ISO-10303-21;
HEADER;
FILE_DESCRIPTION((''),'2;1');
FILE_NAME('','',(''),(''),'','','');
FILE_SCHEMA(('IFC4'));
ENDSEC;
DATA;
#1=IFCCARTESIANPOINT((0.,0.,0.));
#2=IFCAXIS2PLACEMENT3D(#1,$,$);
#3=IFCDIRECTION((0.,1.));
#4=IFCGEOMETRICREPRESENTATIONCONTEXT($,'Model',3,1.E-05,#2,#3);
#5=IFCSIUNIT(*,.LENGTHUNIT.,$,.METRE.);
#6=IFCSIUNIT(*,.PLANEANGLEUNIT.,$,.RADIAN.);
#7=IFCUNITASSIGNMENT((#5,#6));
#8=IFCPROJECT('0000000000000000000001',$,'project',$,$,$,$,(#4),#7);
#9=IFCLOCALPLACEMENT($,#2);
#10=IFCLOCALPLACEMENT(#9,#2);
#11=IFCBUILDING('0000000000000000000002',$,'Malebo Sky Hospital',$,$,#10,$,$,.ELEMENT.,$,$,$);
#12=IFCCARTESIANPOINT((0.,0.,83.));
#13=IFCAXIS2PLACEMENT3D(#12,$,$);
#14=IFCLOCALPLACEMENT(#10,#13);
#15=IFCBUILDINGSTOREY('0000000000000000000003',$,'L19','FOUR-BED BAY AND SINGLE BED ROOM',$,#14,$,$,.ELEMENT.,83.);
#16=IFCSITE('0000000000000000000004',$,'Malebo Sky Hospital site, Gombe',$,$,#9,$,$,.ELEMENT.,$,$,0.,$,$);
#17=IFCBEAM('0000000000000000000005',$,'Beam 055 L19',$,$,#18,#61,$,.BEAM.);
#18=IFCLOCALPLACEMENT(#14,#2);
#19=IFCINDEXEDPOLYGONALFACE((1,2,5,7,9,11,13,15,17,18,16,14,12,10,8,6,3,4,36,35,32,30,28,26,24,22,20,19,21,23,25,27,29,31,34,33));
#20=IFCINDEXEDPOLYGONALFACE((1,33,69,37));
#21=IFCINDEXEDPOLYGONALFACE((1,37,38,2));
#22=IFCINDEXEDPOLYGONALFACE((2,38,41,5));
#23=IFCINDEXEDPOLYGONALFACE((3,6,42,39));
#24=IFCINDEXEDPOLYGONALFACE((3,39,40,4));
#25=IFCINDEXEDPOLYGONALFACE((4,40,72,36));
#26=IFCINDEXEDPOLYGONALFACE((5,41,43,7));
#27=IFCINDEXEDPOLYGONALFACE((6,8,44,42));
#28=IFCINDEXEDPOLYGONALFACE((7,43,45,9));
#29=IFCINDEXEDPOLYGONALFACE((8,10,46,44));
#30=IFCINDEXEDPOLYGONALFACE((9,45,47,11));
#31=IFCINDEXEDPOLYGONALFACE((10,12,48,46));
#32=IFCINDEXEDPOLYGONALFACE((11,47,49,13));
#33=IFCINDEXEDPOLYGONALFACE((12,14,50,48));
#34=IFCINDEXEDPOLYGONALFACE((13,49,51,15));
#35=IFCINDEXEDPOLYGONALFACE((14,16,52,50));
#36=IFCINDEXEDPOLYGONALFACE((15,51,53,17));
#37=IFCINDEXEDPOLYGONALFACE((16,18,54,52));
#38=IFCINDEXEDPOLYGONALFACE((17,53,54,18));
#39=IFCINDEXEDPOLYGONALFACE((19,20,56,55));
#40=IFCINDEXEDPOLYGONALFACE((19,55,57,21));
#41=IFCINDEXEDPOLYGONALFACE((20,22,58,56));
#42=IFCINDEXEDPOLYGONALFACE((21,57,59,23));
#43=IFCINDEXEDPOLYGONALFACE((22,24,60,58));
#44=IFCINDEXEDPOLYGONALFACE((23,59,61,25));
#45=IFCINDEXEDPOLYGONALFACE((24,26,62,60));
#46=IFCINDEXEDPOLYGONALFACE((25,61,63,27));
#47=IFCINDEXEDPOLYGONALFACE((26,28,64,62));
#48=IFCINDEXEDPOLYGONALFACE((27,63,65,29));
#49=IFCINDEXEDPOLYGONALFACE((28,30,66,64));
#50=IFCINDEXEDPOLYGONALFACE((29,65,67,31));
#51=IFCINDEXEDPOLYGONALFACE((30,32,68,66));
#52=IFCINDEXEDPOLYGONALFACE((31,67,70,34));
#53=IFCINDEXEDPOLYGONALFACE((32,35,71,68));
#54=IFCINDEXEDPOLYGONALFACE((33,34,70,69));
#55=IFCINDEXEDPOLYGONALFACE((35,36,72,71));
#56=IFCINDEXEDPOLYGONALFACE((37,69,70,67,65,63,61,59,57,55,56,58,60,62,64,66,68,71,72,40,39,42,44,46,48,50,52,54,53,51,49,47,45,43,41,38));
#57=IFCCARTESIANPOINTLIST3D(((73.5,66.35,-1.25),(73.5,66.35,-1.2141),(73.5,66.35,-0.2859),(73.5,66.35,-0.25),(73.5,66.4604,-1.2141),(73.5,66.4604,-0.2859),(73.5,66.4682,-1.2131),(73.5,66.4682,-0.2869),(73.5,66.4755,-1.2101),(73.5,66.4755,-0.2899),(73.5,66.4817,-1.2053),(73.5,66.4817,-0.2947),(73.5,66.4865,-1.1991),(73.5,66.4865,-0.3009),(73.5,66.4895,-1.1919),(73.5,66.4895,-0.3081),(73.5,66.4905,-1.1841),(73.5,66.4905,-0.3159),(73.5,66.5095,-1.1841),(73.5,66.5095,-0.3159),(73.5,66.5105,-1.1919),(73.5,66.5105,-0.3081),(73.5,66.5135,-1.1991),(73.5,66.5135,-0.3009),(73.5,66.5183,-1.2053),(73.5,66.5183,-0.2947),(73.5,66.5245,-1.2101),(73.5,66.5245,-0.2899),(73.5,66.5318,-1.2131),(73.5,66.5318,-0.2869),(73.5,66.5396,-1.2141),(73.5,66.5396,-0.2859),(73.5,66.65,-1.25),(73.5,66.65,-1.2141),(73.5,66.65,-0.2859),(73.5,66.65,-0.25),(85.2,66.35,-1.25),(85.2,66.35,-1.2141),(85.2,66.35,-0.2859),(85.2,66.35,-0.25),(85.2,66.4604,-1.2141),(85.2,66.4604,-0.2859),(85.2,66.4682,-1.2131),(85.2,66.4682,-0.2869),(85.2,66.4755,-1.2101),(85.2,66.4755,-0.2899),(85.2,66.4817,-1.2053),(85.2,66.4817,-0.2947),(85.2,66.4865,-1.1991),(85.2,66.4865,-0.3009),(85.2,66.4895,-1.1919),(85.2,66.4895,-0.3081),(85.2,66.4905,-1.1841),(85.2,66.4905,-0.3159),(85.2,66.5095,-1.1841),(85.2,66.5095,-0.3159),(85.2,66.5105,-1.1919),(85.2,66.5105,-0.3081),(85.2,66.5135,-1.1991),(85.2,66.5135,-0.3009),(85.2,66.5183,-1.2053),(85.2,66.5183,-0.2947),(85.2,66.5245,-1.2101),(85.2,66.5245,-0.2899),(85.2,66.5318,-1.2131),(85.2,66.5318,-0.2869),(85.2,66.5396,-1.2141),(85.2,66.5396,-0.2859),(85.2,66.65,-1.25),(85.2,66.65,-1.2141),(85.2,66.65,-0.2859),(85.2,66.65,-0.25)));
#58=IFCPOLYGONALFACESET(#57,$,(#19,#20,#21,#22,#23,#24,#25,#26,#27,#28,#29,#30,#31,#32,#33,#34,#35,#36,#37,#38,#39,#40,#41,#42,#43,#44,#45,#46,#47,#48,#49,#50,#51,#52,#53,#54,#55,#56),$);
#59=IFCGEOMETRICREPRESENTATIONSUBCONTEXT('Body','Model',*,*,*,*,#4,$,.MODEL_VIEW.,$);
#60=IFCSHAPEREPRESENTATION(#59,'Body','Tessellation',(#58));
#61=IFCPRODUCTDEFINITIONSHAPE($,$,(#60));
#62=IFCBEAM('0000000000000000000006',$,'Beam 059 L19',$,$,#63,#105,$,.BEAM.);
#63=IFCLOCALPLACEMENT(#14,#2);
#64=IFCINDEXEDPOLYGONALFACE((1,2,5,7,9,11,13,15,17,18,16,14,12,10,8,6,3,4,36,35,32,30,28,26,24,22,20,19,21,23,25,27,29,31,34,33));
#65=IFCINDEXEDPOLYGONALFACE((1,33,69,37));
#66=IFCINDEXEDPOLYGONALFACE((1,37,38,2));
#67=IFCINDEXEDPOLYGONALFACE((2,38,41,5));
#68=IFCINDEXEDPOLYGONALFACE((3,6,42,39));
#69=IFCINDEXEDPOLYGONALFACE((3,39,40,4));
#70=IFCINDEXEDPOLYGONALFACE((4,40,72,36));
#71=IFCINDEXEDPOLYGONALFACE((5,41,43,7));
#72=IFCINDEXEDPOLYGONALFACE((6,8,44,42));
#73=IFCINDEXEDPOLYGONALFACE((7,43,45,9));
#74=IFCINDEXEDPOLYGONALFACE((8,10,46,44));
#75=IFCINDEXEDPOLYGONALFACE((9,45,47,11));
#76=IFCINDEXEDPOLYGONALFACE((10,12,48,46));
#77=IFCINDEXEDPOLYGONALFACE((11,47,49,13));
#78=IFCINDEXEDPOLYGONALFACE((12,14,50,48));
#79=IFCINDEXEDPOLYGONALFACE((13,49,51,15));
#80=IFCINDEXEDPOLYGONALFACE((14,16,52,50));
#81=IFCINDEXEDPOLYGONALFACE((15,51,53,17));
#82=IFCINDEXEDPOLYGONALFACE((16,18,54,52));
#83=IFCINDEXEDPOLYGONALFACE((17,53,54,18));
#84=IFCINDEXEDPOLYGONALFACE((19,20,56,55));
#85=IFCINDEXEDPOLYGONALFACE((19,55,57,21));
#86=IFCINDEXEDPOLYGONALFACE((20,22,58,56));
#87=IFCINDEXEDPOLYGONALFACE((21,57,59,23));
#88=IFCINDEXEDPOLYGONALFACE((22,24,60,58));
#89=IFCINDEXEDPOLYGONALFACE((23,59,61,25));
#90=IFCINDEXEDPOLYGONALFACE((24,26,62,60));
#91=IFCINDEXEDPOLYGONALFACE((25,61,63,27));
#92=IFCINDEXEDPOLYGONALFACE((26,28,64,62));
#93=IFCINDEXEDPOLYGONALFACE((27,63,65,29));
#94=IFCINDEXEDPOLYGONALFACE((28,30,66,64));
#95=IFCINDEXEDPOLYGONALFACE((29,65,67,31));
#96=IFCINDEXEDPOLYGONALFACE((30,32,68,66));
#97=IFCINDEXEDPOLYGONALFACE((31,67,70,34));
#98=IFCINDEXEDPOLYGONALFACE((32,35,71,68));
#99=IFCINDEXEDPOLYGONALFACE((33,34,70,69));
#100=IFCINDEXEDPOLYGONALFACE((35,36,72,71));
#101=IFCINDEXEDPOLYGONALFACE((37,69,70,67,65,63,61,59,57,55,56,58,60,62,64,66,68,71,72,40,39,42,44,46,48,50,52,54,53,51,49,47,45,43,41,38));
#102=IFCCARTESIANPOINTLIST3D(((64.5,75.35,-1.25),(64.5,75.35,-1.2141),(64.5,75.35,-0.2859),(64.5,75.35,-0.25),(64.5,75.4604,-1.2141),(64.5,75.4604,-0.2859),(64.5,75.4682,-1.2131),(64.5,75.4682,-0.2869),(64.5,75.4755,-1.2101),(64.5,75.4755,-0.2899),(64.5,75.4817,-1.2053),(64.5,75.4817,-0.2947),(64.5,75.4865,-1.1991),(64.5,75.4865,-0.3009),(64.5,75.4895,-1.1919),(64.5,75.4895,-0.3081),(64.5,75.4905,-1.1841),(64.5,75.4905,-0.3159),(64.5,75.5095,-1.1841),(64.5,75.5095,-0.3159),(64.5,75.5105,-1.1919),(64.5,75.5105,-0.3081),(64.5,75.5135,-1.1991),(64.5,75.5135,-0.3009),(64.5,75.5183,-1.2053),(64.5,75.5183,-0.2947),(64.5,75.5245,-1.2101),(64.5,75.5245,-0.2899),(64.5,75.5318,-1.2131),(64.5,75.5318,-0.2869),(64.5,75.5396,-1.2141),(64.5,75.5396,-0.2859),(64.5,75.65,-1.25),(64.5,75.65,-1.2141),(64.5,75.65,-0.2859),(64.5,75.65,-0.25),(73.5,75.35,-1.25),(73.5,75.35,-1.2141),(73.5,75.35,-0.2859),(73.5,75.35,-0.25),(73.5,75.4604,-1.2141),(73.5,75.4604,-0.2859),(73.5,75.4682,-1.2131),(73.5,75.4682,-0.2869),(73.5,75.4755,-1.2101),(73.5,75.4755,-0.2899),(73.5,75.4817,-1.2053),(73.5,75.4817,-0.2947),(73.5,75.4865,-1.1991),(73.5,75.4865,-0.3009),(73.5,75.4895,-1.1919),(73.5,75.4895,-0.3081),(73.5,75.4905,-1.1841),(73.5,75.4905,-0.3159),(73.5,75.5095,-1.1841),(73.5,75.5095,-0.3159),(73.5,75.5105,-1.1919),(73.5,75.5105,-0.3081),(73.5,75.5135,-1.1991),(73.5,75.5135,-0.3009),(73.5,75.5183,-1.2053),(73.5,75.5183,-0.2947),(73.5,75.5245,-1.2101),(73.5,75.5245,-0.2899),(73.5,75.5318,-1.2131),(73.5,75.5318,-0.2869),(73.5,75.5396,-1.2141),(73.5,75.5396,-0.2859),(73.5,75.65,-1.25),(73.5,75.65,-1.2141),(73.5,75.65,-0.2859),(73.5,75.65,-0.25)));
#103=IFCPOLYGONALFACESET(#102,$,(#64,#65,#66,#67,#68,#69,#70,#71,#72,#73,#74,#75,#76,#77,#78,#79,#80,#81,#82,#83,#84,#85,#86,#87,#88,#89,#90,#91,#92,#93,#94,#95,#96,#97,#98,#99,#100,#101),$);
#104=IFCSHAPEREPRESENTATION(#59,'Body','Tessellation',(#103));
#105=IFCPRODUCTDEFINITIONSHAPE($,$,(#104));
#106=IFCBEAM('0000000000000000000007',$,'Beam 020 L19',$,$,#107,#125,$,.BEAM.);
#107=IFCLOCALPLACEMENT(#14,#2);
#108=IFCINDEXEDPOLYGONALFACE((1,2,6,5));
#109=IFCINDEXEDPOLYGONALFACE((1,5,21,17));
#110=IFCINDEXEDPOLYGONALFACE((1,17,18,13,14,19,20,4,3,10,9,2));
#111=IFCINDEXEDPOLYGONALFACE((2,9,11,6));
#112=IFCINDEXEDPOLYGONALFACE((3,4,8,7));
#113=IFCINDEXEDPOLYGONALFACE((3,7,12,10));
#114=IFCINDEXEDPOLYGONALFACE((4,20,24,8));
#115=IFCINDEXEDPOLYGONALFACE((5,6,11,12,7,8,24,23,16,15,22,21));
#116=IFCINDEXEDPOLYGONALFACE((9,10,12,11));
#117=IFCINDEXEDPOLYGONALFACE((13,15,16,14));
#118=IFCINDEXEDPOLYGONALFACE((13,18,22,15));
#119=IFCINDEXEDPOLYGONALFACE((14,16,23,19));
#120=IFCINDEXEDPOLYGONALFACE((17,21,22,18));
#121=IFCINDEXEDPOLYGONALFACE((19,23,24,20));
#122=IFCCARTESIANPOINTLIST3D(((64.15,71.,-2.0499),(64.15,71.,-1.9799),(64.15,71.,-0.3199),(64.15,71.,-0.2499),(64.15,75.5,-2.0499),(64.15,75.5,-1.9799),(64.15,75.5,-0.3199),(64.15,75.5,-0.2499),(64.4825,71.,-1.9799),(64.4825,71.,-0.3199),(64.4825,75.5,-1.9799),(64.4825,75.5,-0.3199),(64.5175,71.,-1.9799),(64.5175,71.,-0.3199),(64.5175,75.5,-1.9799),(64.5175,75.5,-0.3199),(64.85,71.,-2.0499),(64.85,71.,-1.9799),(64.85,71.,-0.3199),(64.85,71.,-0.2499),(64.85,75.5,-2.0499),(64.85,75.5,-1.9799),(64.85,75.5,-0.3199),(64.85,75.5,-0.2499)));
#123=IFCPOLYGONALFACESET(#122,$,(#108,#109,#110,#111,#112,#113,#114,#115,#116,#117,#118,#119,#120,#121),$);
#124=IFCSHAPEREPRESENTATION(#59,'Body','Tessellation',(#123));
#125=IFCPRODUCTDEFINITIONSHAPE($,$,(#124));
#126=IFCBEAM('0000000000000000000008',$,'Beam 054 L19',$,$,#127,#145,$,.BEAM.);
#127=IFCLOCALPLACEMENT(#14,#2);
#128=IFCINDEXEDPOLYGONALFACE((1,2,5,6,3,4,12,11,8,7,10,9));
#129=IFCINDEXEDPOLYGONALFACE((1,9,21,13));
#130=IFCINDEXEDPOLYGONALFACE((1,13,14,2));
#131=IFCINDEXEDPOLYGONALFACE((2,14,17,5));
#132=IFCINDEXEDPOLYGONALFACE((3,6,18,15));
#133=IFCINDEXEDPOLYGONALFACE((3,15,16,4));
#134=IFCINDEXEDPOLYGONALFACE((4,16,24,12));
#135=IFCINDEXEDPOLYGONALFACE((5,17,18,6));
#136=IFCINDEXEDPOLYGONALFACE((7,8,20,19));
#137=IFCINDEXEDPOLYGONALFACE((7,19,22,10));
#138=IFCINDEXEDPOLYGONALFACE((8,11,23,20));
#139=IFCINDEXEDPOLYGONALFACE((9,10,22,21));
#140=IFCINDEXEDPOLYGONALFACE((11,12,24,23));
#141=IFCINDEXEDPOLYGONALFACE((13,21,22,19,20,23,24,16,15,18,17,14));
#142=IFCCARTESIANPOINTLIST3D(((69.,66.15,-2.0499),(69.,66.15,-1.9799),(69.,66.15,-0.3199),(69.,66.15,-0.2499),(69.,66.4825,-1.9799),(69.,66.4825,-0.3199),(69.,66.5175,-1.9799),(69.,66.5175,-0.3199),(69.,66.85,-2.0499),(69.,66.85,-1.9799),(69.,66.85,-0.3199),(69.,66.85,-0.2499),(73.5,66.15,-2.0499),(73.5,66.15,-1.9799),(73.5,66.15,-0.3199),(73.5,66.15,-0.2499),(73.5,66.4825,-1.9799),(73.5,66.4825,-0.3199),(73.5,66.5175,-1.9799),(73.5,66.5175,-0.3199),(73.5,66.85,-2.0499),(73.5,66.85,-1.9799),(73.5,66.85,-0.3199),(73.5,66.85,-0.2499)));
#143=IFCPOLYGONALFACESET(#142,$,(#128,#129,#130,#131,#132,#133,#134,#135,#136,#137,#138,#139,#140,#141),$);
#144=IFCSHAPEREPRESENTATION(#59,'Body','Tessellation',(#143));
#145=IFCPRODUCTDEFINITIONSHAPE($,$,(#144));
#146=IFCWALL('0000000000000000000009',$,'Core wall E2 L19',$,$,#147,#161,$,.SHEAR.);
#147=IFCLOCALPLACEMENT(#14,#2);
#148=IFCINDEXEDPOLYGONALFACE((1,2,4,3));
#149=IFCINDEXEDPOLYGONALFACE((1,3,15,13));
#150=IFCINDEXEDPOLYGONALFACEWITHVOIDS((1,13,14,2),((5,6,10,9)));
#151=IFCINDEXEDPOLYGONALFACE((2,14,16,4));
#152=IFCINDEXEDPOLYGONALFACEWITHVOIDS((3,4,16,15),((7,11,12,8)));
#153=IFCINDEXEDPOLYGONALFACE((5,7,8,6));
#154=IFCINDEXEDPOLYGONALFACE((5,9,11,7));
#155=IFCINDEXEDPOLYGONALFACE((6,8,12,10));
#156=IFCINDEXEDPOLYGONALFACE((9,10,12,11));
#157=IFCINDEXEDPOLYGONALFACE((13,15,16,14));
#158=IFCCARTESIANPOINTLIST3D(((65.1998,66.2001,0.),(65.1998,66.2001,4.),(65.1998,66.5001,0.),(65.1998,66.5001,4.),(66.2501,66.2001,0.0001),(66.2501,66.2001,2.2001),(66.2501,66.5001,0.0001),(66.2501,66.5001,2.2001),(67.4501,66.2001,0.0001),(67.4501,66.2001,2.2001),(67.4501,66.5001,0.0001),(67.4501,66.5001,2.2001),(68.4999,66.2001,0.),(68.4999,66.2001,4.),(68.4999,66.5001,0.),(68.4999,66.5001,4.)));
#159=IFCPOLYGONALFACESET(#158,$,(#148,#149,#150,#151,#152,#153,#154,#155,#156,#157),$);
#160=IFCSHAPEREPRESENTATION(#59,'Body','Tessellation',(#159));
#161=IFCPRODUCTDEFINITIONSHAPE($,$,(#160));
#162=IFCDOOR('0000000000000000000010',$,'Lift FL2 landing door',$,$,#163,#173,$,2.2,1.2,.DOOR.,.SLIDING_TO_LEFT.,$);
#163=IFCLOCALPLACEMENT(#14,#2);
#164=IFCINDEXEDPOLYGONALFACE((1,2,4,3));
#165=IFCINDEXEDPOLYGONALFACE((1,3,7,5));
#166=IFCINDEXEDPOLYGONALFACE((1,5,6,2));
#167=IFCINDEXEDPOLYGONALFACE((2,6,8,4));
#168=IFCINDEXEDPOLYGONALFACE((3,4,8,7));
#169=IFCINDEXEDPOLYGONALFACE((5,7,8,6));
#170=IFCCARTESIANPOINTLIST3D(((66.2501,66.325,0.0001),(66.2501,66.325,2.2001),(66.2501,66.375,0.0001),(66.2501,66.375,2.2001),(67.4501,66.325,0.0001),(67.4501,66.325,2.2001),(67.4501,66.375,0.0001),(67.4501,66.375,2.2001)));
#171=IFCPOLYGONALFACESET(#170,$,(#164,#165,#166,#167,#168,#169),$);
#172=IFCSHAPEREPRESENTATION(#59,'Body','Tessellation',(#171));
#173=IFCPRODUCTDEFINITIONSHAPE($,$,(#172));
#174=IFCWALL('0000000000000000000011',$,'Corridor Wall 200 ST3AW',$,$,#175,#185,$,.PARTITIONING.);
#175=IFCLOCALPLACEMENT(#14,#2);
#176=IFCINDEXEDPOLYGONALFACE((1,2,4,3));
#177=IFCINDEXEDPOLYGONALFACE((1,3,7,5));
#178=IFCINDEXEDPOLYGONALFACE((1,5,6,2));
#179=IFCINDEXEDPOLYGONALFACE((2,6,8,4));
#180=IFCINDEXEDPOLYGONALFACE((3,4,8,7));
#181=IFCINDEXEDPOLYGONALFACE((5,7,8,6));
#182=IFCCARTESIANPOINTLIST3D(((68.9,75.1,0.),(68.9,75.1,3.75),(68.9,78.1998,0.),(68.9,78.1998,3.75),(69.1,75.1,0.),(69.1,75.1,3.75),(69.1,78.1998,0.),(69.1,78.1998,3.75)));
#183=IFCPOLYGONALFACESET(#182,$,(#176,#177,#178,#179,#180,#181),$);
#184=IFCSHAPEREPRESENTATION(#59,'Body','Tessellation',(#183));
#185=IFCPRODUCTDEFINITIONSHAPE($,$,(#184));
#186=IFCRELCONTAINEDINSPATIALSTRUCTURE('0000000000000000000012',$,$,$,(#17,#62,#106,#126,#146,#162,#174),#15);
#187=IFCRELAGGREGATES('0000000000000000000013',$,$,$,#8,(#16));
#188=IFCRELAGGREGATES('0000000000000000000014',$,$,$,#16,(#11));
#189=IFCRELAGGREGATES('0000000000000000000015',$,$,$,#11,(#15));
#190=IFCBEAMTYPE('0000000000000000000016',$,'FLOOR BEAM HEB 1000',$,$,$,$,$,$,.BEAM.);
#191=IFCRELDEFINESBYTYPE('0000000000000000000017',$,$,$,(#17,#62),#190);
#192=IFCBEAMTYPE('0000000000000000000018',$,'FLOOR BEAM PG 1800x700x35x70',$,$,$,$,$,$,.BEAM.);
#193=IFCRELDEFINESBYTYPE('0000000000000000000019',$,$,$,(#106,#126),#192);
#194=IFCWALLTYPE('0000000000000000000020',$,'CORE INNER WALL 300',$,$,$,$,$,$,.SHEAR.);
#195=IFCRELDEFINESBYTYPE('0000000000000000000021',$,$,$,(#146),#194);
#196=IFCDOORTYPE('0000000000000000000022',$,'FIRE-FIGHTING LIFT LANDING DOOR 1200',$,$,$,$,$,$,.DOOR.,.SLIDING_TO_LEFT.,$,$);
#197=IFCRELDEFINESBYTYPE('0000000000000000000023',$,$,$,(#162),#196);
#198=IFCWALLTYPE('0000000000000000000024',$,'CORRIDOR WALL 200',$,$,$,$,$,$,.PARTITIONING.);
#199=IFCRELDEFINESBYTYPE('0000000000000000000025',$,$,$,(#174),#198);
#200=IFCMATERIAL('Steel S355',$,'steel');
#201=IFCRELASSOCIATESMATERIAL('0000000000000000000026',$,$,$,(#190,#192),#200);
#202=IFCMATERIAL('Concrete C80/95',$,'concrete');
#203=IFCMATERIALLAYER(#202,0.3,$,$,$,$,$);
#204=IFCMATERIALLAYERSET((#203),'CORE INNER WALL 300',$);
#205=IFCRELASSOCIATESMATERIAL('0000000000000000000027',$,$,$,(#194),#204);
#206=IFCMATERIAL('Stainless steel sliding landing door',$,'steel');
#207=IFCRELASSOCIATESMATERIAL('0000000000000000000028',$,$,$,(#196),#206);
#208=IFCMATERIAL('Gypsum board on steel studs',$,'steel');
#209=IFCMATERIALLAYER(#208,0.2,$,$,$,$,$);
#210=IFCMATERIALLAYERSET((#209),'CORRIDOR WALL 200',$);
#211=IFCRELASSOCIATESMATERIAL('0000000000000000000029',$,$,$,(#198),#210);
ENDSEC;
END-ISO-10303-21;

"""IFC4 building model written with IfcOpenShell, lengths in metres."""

from ifc_helpers import new_model, si_unit, direction, frame, frame_2d, origin, origin_2d, place, context, subcontext, project, spatial, rectangle, i_section, extrude, material, layer, layer_set, material_profile, profile_set, type_object, element, fill, save


model = new_model("IFC4")

# Units and contexts
model_context = context("Model", 3, precision=1e-05, world=origin(), true_north=direction((0.0, 1.0)))
body_context = subcontext(model_context, "Body", "Model", "MODEL_VIEW")
ifc_project = project(units=[si_unit("LENGTHUNIT", "METRE"), si_unit("PLANEANGLEUNIT", "RADIAN")], contexts=[model_context])

# Site, building, storey
site_placement = place(None, origin())
site = spatial("IfcSite", under=ifc_project, at=site_placement, Name="Malebo Sky Hospital site, Gombe", CompositionType="ELEMENT", RefElevation=0.0)
building_placement = place(site_placement, origin())
building = spatial("IfcBuilding", under=site, at=building_placement, Name="Malebo Sky Hospital", CompositionType="ELEMENT")
storey_placement = place(building_placement, frame((0.0, 0.0, 83.0)))
storey = spatial("IfcBuildingStorey", under=building, at=storey_placement, Name="L19", Description="FOUR-BED BAY AND SINGLE BED ROOM", CompositionType="ELEMENT", Elevation=83.0)

# Beams
ifc_material_1 = material(Name="Steel S355", Category="steel")
ifc_material_profile_1 = material_profile(ifc_material_1, i_section(OverallWidth=0.3, OverallDepth=1.0, WebThickness=0.019, FlangeThickness=0.0359, FilletRadius=0.03, at=origin_2d()), Name="HEB 1000")
ifc_profile_set_1 = profile_set([ifc_material_profile_1], Name="Steel S355")
beam_type_1 = type_object("IfcBeamType", Name="FLOOR BEAM HEB 1000", PredefinedType="BEAM", material=ifc_profile_set_1)
beam_1_placement = place(storey_placement, frame((73.5, 66.5, -0.75), z_axis=(1.0, 0.0, 0.0), x_axis=(0.0, 1.0, 0.0)))
element("IfcBeam", 1, at=beam_1_placement, inside=storey, type_object=beam_type_1, Name="Beam 055 L19", PredefinedType="BEAM", context=body_context, shape_type="SweptSolid", body=[
    extrude(i_section(OverallWidth=0.3, OverallDepth=1.0, WebThickness=0.019, FlangeThickness=0.0359, FilletRadius=0.03, at=origin_2d()), origin(), (0.0, 0.0, 1.0), 11.7),
])
beam_2_placement = place(storey_placement, frame((64.5, 75.5, -0.75), z_axis=(1.0, 0.0, 0.0), x_axis=(0.0, 1.0, 0.0)))
element("IfcBeam", 2, at=beam_2_placement, inside=storey, type_object=beam_type_1, Name="Beam 059 L19", PredefinedType="BEAM", context=body_context, shape_type="SweptSolid", body=[
    extrude(i_section(OverallWidth=0.3, OverallDepth=1.0, WebThickness=0.019, FlangeThickness=0.0359, FilletRadius=0.03, at=origin_2d()), origin(), (0.0, 0.0, 1.0), 9.0),
])
ifc_material_profile_2 = material_profile(ifc_material_1, i_section(OverallWidth=0.7, OverallDepth=1.8, WebThickness=0.0349, FlangeThickness=0.0701, at=origin_2d()), Name="PG 1800x700x35x70")
ifc_profile_set_2 = profile_set([ifc_material_profile_2], Name="Steel S355")
beam_type_2 = type_object("IfcBeamType", Name="FLOOR BEAM PG 1800x700x35x70", PredefinedType="BEAM", material=ifc_profile_set_2)
for number, where, z_axis, x_axis, name in (
    (3, (64.5, 71.0, -1.1499), (0.0, 1.0, 0.0), (-1.0, 0.0, 0.0), "Beam 020 L19"),
    (4, (69.0, 66.5, -1.1499), (1.0, 0.0, 0.0), (0.0, 1.0, 0.0), "Beam 054 L19"),
):
    element("IfcBeam", number, at=place(storey_placement, frame(where, z_axis=z_axis, x_axis=x_axis)), inside=storey, type_object=beam_type_2, Name=name, PredefinedType="BEAM", context=body_context, shape_type="SweptSolid", body=[
        extrude(i_section(OverallWidth=0.7, OverallDepth=1.8, WebThickness=0.0349, FlangeThickness=0.0701, at=origin_2d()), origin(), (0.0, 0.0, 1.0), 4.5),
    ])

# Wall, opening, door
ifc_material_2 = material(Name="Concrete C80/95", Category="concrete")
ifc_layer_1 = layer(ifc_material_2, 0.3)
ifc_layer_set_1 = layer_set([ifc_layer_1], Name="CORE INNER WALL 300")
wall_type_1 = type_object("IfcWallType", Name="CORE INNER WALL 300", PredefinedType="SHEAR", material=ifc_layer_set_1)
wall_1_placement = place(storey_placement, frame((65.2, 66.3501, 0.0), z_axis=(0.0, 0.0, 1.0), x_axis=(1.0, 0.0, 0.0)))
wall_1 = element("IfcWall", 5, at=wall_1_placement, inside=storey, type_object=wall_type_1, Name="Core wall E2 L19", PredefinedType="SHEAR", context=body_context, shape_type="SweptSolid", body=[
    extrude(rectangle(XDim=3.3, YDim=0.3, at=frame_2d((1.6499, 0.0))), origin(), (0.0, 0.0, 1.0), 4.0),
])
opening_1_placement = place(wall_1_placement, frame((1.05, 0.0, 0.0)))
opening_1 = element("IfcOpeningElement", 6, at=opening_1_placement, cuts=wall_1, PredefinedType="OPENING", context=body_context, shape_type="SweptSolid", body=[
    extrude(rectangle(XDim=1.2, YDim=2.2, at=frame_2d((0.6001, 1.1001))), frame((0.0, 0.1599, 0.0), z_axis=(0.0, -1.0, 0.0), x_axis=(1.0, 0.0, 0.0)), (0.0, 0.0, 1.0), 0.3201),
])
ifc_material_3 = material(Name="Stainless steel sliding landing door", Category="steel")
door_type_1 = type_object("IfcDoorType", Name="FIRE-FIGHTING LIFT LANDING DOOR 1200", OperationType="SLIDING_TO_LEFT", PredefinedType="DOOR", material=ifc_material_3)
door_1_placement = place(opening_1_placement, origin())
door_1 = element("IfcDoor", 7, at=door_1_placement, inside=storey, type_object=door_type_1, Name="Lift FL2 landing door", OperationType="SLIDING_TO_LEFT", OverallHeight=2.2, OverallWidth=1.2, PredefinedType="DOOR", context=body_context, shape_type="SweptSolid", body=[
    extrude(rectangle(XDim=1.2, YDim=2.2, at=frame_2d((0.6001, 1.1001))), frame((0.0, 0.0249, 0.0), z_axis=(0.0, -1.0, 0.0), x_axis=(1.0, 0.0, 0.0)), (0.0, 0.0, 1.0), 0.05),
])
fill(opening_1, door_1)

# Wall
ifc_material_4 = material(Name="Gypsum board on steel studs", Category="steel")
ifc_layer_2 = layer(ifc_material_4, 0.2)
ifc_layer_set_2 = layer_set([ifc_layer_2], Name="CORRIDOR WALL 200")
wall_type_2 = type_object("IfcWallType", Name="CORRIDOR WALL 200", PredefinedType="PARTITIONING", material=ifc_layer_set_2)
for number, where, z_axis, x_axis, name in (
    (8, (69.0, 75.1001, 0.0), (0.0, 0.0, 1.0), (0.0, 1.0, 0.0), "Corridor Wall 200 ST3AW"),
):
    element("IfcWall", number, at=place(storey_placement, frame(where, z_axis=z_axis, x_axis=x_axis)), inside=storey, type_object=wall_type_2, Name=name, PredefinedType="PARTITIONING", context=body_context, shape_type="SweptSolid", body=[
        extrude(rectangle(XDim=3.0999, YDim=0.2, at=frame_2d((1.5498, 0.0))), origin(), (0.0, 0.0, 1.0), 3.75),
    ])

save(model, "model.ifc")
